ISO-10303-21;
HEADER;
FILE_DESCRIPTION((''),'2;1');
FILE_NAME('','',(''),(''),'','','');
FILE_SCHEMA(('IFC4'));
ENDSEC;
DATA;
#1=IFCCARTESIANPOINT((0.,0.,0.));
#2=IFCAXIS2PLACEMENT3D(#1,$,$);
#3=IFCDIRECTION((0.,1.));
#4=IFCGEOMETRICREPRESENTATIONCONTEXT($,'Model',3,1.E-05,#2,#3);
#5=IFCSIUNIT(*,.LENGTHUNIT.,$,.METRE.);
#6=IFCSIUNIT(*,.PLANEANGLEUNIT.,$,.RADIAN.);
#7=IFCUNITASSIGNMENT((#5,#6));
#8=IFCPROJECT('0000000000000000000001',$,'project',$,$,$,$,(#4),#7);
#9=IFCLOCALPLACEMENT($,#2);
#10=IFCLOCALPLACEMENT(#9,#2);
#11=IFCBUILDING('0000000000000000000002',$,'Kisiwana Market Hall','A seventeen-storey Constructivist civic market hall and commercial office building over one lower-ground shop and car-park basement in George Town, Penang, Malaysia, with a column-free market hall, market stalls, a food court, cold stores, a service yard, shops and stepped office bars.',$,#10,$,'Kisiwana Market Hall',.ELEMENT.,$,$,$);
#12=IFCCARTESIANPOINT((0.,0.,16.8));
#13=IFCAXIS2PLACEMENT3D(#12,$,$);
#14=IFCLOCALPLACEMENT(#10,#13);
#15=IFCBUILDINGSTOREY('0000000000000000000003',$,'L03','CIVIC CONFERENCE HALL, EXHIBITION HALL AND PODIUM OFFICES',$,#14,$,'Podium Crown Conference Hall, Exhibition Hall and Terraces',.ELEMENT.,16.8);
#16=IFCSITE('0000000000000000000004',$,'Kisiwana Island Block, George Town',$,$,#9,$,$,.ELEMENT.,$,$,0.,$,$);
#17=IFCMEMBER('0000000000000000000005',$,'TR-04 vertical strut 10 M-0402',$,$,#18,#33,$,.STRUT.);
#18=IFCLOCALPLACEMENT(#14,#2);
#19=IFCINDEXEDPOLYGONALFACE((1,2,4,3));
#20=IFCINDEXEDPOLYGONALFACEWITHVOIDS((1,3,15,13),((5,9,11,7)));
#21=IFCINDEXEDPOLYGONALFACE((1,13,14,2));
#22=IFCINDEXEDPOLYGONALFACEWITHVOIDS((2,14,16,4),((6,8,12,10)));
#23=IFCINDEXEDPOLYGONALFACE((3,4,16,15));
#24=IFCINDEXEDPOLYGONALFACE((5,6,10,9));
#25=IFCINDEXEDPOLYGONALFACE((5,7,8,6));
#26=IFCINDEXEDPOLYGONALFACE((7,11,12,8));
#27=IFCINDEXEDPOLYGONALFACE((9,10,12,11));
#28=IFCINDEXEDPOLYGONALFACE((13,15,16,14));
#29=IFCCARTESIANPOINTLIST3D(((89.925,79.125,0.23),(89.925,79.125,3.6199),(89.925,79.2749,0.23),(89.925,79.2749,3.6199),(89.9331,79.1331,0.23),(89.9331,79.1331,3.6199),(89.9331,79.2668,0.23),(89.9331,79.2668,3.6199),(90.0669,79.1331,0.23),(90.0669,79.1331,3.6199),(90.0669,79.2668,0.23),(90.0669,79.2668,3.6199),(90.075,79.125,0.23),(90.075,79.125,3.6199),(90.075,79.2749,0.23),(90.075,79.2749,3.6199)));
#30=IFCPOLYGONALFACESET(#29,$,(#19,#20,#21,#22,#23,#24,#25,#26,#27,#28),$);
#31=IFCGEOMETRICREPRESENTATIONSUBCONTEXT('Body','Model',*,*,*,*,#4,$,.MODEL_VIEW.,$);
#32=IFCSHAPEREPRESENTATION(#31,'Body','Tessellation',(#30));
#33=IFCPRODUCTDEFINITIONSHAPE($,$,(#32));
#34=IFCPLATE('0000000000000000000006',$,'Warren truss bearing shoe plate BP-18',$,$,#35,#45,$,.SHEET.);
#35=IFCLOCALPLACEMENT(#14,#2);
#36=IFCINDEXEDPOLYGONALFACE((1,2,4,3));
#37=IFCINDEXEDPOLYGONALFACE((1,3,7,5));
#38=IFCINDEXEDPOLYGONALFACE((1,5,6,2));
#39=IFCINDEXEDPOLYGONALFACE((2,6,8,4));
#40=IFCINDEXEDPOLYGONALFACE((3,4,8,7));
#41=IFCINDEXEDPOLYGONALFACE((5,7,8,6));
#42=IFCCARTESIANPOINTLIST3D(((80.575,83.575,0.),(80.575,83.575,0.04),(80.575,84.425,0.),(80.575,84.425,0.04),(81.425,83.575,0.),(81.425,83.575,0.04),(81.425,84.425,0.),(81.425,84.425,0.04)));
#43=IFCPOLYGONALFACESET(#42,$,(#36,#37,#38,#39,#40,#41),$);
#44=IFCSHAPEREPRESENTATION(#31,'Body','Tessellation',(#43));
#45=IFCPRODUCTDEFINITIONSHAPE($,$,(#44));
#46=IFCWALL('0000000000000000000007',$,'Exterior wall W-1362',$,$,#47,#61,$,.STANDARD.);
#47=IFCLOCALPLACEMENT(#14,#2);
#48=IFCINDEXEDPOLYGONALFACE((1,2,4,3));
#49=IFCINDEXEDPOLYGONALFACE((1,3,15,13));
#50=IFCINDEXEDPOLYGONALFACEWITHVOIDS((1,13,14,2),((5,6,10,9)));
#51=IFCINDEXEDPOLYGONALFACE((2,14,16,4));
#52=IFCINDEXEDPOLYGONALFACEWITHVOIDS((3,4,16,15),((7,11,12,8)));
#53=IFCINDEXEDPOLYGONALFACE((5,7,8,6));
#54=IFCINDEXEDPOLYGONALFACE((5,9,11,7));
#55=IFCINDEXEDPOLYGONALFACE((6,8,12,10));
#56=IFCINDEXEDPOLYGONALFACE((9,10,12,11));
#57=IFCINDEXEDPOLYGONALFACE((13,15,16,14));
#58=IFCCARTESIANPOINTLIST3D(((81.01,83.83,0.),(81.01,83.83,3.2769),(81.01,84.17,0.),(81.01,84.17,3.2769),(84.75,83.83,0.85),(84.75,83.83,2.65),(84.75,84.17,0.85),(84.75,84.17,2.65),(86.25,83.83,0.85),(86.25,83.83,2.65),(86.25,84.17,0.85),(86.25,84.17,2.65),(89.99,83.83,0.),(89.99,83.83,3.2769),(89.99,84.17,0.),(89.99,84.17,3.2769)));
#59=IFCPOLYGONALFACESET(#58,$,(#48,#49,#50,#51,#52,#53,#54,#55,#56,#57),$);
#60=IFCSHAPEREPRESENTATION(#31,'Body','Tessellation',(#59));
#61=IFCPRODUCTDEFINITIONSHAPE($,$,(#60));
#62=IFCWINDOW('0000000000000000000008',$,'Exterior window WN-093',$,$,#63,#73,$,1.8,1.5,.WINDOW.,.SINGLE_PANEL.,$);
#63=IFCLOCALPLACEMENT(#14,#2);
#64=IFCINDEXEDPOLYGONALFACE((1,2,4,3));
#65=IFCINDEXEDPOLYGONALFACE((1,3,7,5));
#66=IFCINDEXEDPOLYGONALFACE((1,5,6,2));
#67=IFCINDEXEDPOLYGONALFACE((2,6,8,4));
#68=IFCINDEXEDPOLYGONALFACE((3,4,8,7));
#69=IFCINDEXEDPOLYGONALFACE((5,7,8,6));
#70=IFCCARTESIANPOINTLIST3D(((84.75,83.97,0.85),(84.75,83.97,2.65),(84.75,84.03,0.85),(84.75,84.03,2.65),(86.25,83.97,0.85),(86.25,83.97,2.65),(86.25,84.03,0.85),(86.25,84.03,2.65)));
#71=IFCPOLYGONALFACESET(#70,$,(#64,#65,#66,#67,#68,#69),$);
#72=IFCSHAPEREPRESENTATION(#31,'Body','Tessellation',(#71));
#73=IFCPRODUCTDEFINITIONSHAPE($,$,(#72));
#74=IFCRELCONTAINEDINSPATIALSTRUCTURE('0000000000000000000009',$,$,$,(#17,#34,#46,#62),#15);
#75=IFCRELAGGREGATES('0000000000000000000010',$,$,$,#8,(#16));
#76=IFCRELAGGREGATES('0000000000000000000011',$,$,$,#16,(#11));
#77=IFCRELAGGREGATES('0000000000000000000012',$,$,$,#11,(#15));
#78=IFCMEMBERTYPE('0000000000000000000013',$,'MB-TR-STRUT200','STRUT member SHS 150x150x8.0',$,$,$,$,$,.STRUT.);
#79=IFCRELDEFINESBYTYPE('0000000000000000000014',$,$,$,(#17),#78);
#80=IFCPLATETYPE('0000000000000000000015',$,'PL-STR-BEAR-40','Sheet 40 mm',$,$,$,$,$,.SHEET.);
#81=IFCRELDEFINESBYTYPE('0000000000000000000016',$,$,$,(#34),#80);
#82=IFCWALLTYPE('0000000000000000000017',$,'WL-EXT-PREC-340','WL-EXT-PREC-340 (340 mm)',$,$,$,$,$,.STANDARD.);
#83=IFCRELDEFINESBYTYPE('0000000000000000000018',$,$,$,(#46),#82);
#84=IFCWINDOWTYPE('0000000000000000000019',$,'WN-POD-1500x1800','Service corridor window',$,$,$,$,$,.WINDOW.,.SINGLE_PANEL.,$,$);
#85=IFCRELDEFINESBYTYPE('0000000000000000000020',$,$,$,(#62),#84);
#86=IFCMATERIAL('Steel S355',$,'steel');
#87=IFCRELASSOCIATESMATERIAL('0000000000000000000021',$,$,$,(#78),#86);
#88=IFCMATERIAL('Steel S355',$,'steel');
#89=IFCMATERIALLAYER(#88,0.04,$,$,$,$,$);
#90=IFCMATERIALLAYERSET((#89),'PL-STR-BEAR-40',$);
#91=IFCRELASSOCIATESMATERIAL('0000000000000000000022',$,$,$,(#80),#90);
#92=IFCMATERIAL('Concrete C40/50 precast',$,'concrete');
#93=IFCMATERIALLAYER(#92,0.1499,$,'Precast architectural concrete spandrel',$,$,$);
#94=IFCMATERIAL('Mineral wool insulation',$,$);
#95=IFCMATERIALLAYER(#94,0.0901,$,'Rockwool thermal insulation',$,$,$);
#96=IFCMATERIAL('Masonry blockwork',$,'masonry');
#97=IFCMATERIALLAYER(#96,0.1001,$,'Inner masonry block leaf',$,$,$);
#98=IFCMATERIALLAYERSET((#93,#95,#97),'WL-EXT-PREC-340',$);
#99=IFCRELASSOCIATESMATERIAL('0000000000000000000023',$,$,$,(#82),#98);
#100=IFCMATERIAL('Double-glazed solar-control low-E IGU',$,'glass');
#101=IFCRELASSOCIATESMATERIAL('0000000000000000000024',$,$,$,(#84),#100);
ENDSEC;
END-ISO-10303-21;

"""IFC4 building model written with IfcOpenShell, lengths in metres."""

from ifc_helpers import new_model, si_unit, direction, frame, frame_2d, origin, origin_2d, place, context, subcontext, project, spatial, rectangle, hollow_rectangle, extrude, material, layer, layer_set, material_profile, profile_set, type_object, element, fill, save


model = new_model("IFC4")

# Units and contexts
model_context = context("Model", 3, precision=1e-05, world=origin(), true_north=direction((0.0, 1.0)))
body_context = subcontext(model_context, "Body", "Model", "MODEL_VIEW")
ifc_project = project(units=[si_unit("LENGTHUNIT", "METRE"), si_unit("PLANEANGLEUNIT", "RADIAN")], contexts=[model_context])

# Site, building, storey
site_placement = place(None, origin())
site = spatial("IfcSite", under=ifc_project, at=site_placement, Name="Kisiwana Island Block, George Town", CompositionType="ELEMENT", RefElevation=0.0)
building_placement = place(site_placement, origin())
building = spatial("IfcBuilding", under=site, at=building_placement, Name="Kisiwana Market Hall", Description="A seventeen-storey Constructivist civic market hall and commercial office building over one lower-ground shop and car-park basement in George Town, Penang, Malaysia, with a column-free market hall, market stalls, a food court, cold stores, a service yard, shops and stepped office bars.", LongName="Kisiwana Market Hall", CompositionType="ELEMENT")
storey_placement = place(building_placement, frame((0.0, 0.0, 16.8)))
storey = spatial("IfcBuildingStorey", under=building, at=storey_placement, Name="L03", Description="CIVIC CONFERENCE HALL, EXHIBITION HALL AND PODIUM OFFICES", LongName="Podium Crown Conference Hall, Exhibition Hall and Terraces", CompositionType="ELEMENT", Elevation=16.8)

# Member
ifc_material_1 = material(Name="Steel S355", Category="steel")
ifc_material_profile_1 = material_profile(ifc_material_1, hollow_rectangle(XDim=0.1499, YDim=0.1499, WallThickness=0.0081, at=origin_2d()), Name="SHS 150x150x8.0")
ifc_profile_set_1 = profile_set([ifc_material_profile_1], Name="Steel S355")
member_type_1 = type_object("IfcMemberType", Name="MB-TR-STRUT200", Description="STRUT member SHS 150x150x8.0", PredefinedType="STRUT", material=ifc_profile_set_1)
for number, where, z_axis, x_axis, name in (
    (1, (90.0, 79.2, 0.23), (0.0, 0.0, 1.0), (1.0, 0.0, 0.0), "TR-04 vertical strut 10 M-0402"),
):
    element("IfcMember", number, at=place(storey_placement, frame(where, z_axis=z_axis, x_axis=x_axis)), inside=storey, type_object=member_type_1, Name=name, PredefinedType="STRUT", context=body_context, shape_type="SweptSolid", body=[
        extrude(hollow_rectangle(XDim=0.1499, YDim=0.1499, WallThickness=0.0081, at=origin_2d()), origin(), (0.0, 0.0, 1.0), 3.3899),
    ])

# Plate
ifc_material_2 = material(Name="Steel S355", Category="steel")
ifc_layer_1 = layer(ifc_material_2, 0.04)
ifc_layer_set_1 = layer_set([ifc_layer_1], Name="PL-STR-BEAR-40")
plate_type = type_object("IfcPlateType", Name="PL-STR-BEAR-40", Description="Sheet 40 mm", PredefinedType="SHEET", material=ifc_layer_set_1)
plate_placement = place(storey_placement, frame((81.0, 84.0, 0.0), z_axis=(0.0, 0.0, 1.0), x_axis=(1.0, 0.0, 0.0)))
element("IfcPlate", 2, at=plate_placement, inside=storey, type_object=plate_type, Name="Warren truss bearing shoe plate BP-18", PredefinedType="SHEET", context=body_context, shape_type="SweptSolid", body=[
    extrude(rectangle(XDim=0.8501, YDim=0.8501, at=origin_2d()), origin(), (0.0, 0.0, 1.0), 0.04),
])

# Wall, opening, window
ifc_material_3 = material(Name="Concrete C40/50 precast", Category="concrete")
ifc_layer_2 = layer(ifc_material_3, 0.1499, Name="Precast architectural concrete spandrel")
ifc_material_4 = material(Name="Mineral wool insulation")
ifc_layer_3 = layer(ifc_material_4, 0.0901, Name="Rockwool thermal insulation")
ifc_material_5 = material(Name="Masonry blockwork", Category="masonry")
ifc_layer_4 = layer(ifc_material_5, 0.1001, Name="Inner masonry block leaf")
ifc_layer_set_2 = layer_set([ifc_layer_2, ifc_layer_3, ifc_layer_4], Name="WL-EXT-PREC-340")
wall_type = type_object("IfcWallType", Name="WL-EXT-PREC-340", Description="WL-EXT-PREC-340 (340 mm)", PredefinedType="STANDARD", material=ifc_layer_set_2)
wall_placement = place(storey_placement, frame((81.01, 84.0, 0.0), z_axis=(0.0, 0.0, 1.0), x_axis=(1.0, 0.0, 0.0)))
wall = element("IfcWall", 3, at=wall_placement, inside=storey, type_object=wall_type, Name="Exterior wall W-1362", PredefinedType="STANDARD", context=body_context, shape_type="SweptSolid", body=[
    extrude(rectangle(XDim=8.98, YDim=0.3401, at=frame_2d((4.49, 0.0))), origin(), (0.0, 0.0, 1.0), 3.2769),
])
opening_placement = place(wall_placement, frame((3.74, 0.0, 0.8501)))
opening = element("IfcOpeningElement", 4, at=opening_placement, cuts=wall, PredefinedType="OPENING", context=body_context, shape_type="SweptSolid", body=[
    extrude(rectangle(XDim=1.5, YDim=1.8, at=frame_2d((0.75, 0.8999))), frame((0.0, 0.1821, 0.0), z_axis=(0.0, -1.0, 0.0), x_axis=(1.0, 0.0, 0.0)), (0.0, 0.0, 1.0), 0.364),
])
ifc_material_6 = material(Name="Double-glazed solar-control low-E IGU", Category="glass")
window_type = type_object("IfcWindowType", Name="WN-POD-1500x1800", Description="Service corridor window", PartitioningType="SINGLE_PANEL", PredefinedType="WINDOW", material=ifc_material_6)
window_placement = place(opening_placement, origin())
window = element("IfcWindow", 5, at=window_placement, inside=storey, type_object=window_type, Name="Exterior window WN-093", OverallHeight=1.8, OverallWidth=1.5, PartitioningType="SINGLE_PANEL", PredefinedType="WINDOW", context=body_context, shape_type="SweptSolid", body=[
    extrude(rectangle(XDim=1.5, YDim=1.8, at=frame_2d((0.75, 0.8999))), frame((0.0, 0.03, 0.0), z_axis=(0.0, -1.0, 0.0), x_axis=(1.0, 0.0, 0.0)), (0.0, 0.0, 1.0), 0.0601),
])
fill(opening, window)

save(model, "model.ifc")
